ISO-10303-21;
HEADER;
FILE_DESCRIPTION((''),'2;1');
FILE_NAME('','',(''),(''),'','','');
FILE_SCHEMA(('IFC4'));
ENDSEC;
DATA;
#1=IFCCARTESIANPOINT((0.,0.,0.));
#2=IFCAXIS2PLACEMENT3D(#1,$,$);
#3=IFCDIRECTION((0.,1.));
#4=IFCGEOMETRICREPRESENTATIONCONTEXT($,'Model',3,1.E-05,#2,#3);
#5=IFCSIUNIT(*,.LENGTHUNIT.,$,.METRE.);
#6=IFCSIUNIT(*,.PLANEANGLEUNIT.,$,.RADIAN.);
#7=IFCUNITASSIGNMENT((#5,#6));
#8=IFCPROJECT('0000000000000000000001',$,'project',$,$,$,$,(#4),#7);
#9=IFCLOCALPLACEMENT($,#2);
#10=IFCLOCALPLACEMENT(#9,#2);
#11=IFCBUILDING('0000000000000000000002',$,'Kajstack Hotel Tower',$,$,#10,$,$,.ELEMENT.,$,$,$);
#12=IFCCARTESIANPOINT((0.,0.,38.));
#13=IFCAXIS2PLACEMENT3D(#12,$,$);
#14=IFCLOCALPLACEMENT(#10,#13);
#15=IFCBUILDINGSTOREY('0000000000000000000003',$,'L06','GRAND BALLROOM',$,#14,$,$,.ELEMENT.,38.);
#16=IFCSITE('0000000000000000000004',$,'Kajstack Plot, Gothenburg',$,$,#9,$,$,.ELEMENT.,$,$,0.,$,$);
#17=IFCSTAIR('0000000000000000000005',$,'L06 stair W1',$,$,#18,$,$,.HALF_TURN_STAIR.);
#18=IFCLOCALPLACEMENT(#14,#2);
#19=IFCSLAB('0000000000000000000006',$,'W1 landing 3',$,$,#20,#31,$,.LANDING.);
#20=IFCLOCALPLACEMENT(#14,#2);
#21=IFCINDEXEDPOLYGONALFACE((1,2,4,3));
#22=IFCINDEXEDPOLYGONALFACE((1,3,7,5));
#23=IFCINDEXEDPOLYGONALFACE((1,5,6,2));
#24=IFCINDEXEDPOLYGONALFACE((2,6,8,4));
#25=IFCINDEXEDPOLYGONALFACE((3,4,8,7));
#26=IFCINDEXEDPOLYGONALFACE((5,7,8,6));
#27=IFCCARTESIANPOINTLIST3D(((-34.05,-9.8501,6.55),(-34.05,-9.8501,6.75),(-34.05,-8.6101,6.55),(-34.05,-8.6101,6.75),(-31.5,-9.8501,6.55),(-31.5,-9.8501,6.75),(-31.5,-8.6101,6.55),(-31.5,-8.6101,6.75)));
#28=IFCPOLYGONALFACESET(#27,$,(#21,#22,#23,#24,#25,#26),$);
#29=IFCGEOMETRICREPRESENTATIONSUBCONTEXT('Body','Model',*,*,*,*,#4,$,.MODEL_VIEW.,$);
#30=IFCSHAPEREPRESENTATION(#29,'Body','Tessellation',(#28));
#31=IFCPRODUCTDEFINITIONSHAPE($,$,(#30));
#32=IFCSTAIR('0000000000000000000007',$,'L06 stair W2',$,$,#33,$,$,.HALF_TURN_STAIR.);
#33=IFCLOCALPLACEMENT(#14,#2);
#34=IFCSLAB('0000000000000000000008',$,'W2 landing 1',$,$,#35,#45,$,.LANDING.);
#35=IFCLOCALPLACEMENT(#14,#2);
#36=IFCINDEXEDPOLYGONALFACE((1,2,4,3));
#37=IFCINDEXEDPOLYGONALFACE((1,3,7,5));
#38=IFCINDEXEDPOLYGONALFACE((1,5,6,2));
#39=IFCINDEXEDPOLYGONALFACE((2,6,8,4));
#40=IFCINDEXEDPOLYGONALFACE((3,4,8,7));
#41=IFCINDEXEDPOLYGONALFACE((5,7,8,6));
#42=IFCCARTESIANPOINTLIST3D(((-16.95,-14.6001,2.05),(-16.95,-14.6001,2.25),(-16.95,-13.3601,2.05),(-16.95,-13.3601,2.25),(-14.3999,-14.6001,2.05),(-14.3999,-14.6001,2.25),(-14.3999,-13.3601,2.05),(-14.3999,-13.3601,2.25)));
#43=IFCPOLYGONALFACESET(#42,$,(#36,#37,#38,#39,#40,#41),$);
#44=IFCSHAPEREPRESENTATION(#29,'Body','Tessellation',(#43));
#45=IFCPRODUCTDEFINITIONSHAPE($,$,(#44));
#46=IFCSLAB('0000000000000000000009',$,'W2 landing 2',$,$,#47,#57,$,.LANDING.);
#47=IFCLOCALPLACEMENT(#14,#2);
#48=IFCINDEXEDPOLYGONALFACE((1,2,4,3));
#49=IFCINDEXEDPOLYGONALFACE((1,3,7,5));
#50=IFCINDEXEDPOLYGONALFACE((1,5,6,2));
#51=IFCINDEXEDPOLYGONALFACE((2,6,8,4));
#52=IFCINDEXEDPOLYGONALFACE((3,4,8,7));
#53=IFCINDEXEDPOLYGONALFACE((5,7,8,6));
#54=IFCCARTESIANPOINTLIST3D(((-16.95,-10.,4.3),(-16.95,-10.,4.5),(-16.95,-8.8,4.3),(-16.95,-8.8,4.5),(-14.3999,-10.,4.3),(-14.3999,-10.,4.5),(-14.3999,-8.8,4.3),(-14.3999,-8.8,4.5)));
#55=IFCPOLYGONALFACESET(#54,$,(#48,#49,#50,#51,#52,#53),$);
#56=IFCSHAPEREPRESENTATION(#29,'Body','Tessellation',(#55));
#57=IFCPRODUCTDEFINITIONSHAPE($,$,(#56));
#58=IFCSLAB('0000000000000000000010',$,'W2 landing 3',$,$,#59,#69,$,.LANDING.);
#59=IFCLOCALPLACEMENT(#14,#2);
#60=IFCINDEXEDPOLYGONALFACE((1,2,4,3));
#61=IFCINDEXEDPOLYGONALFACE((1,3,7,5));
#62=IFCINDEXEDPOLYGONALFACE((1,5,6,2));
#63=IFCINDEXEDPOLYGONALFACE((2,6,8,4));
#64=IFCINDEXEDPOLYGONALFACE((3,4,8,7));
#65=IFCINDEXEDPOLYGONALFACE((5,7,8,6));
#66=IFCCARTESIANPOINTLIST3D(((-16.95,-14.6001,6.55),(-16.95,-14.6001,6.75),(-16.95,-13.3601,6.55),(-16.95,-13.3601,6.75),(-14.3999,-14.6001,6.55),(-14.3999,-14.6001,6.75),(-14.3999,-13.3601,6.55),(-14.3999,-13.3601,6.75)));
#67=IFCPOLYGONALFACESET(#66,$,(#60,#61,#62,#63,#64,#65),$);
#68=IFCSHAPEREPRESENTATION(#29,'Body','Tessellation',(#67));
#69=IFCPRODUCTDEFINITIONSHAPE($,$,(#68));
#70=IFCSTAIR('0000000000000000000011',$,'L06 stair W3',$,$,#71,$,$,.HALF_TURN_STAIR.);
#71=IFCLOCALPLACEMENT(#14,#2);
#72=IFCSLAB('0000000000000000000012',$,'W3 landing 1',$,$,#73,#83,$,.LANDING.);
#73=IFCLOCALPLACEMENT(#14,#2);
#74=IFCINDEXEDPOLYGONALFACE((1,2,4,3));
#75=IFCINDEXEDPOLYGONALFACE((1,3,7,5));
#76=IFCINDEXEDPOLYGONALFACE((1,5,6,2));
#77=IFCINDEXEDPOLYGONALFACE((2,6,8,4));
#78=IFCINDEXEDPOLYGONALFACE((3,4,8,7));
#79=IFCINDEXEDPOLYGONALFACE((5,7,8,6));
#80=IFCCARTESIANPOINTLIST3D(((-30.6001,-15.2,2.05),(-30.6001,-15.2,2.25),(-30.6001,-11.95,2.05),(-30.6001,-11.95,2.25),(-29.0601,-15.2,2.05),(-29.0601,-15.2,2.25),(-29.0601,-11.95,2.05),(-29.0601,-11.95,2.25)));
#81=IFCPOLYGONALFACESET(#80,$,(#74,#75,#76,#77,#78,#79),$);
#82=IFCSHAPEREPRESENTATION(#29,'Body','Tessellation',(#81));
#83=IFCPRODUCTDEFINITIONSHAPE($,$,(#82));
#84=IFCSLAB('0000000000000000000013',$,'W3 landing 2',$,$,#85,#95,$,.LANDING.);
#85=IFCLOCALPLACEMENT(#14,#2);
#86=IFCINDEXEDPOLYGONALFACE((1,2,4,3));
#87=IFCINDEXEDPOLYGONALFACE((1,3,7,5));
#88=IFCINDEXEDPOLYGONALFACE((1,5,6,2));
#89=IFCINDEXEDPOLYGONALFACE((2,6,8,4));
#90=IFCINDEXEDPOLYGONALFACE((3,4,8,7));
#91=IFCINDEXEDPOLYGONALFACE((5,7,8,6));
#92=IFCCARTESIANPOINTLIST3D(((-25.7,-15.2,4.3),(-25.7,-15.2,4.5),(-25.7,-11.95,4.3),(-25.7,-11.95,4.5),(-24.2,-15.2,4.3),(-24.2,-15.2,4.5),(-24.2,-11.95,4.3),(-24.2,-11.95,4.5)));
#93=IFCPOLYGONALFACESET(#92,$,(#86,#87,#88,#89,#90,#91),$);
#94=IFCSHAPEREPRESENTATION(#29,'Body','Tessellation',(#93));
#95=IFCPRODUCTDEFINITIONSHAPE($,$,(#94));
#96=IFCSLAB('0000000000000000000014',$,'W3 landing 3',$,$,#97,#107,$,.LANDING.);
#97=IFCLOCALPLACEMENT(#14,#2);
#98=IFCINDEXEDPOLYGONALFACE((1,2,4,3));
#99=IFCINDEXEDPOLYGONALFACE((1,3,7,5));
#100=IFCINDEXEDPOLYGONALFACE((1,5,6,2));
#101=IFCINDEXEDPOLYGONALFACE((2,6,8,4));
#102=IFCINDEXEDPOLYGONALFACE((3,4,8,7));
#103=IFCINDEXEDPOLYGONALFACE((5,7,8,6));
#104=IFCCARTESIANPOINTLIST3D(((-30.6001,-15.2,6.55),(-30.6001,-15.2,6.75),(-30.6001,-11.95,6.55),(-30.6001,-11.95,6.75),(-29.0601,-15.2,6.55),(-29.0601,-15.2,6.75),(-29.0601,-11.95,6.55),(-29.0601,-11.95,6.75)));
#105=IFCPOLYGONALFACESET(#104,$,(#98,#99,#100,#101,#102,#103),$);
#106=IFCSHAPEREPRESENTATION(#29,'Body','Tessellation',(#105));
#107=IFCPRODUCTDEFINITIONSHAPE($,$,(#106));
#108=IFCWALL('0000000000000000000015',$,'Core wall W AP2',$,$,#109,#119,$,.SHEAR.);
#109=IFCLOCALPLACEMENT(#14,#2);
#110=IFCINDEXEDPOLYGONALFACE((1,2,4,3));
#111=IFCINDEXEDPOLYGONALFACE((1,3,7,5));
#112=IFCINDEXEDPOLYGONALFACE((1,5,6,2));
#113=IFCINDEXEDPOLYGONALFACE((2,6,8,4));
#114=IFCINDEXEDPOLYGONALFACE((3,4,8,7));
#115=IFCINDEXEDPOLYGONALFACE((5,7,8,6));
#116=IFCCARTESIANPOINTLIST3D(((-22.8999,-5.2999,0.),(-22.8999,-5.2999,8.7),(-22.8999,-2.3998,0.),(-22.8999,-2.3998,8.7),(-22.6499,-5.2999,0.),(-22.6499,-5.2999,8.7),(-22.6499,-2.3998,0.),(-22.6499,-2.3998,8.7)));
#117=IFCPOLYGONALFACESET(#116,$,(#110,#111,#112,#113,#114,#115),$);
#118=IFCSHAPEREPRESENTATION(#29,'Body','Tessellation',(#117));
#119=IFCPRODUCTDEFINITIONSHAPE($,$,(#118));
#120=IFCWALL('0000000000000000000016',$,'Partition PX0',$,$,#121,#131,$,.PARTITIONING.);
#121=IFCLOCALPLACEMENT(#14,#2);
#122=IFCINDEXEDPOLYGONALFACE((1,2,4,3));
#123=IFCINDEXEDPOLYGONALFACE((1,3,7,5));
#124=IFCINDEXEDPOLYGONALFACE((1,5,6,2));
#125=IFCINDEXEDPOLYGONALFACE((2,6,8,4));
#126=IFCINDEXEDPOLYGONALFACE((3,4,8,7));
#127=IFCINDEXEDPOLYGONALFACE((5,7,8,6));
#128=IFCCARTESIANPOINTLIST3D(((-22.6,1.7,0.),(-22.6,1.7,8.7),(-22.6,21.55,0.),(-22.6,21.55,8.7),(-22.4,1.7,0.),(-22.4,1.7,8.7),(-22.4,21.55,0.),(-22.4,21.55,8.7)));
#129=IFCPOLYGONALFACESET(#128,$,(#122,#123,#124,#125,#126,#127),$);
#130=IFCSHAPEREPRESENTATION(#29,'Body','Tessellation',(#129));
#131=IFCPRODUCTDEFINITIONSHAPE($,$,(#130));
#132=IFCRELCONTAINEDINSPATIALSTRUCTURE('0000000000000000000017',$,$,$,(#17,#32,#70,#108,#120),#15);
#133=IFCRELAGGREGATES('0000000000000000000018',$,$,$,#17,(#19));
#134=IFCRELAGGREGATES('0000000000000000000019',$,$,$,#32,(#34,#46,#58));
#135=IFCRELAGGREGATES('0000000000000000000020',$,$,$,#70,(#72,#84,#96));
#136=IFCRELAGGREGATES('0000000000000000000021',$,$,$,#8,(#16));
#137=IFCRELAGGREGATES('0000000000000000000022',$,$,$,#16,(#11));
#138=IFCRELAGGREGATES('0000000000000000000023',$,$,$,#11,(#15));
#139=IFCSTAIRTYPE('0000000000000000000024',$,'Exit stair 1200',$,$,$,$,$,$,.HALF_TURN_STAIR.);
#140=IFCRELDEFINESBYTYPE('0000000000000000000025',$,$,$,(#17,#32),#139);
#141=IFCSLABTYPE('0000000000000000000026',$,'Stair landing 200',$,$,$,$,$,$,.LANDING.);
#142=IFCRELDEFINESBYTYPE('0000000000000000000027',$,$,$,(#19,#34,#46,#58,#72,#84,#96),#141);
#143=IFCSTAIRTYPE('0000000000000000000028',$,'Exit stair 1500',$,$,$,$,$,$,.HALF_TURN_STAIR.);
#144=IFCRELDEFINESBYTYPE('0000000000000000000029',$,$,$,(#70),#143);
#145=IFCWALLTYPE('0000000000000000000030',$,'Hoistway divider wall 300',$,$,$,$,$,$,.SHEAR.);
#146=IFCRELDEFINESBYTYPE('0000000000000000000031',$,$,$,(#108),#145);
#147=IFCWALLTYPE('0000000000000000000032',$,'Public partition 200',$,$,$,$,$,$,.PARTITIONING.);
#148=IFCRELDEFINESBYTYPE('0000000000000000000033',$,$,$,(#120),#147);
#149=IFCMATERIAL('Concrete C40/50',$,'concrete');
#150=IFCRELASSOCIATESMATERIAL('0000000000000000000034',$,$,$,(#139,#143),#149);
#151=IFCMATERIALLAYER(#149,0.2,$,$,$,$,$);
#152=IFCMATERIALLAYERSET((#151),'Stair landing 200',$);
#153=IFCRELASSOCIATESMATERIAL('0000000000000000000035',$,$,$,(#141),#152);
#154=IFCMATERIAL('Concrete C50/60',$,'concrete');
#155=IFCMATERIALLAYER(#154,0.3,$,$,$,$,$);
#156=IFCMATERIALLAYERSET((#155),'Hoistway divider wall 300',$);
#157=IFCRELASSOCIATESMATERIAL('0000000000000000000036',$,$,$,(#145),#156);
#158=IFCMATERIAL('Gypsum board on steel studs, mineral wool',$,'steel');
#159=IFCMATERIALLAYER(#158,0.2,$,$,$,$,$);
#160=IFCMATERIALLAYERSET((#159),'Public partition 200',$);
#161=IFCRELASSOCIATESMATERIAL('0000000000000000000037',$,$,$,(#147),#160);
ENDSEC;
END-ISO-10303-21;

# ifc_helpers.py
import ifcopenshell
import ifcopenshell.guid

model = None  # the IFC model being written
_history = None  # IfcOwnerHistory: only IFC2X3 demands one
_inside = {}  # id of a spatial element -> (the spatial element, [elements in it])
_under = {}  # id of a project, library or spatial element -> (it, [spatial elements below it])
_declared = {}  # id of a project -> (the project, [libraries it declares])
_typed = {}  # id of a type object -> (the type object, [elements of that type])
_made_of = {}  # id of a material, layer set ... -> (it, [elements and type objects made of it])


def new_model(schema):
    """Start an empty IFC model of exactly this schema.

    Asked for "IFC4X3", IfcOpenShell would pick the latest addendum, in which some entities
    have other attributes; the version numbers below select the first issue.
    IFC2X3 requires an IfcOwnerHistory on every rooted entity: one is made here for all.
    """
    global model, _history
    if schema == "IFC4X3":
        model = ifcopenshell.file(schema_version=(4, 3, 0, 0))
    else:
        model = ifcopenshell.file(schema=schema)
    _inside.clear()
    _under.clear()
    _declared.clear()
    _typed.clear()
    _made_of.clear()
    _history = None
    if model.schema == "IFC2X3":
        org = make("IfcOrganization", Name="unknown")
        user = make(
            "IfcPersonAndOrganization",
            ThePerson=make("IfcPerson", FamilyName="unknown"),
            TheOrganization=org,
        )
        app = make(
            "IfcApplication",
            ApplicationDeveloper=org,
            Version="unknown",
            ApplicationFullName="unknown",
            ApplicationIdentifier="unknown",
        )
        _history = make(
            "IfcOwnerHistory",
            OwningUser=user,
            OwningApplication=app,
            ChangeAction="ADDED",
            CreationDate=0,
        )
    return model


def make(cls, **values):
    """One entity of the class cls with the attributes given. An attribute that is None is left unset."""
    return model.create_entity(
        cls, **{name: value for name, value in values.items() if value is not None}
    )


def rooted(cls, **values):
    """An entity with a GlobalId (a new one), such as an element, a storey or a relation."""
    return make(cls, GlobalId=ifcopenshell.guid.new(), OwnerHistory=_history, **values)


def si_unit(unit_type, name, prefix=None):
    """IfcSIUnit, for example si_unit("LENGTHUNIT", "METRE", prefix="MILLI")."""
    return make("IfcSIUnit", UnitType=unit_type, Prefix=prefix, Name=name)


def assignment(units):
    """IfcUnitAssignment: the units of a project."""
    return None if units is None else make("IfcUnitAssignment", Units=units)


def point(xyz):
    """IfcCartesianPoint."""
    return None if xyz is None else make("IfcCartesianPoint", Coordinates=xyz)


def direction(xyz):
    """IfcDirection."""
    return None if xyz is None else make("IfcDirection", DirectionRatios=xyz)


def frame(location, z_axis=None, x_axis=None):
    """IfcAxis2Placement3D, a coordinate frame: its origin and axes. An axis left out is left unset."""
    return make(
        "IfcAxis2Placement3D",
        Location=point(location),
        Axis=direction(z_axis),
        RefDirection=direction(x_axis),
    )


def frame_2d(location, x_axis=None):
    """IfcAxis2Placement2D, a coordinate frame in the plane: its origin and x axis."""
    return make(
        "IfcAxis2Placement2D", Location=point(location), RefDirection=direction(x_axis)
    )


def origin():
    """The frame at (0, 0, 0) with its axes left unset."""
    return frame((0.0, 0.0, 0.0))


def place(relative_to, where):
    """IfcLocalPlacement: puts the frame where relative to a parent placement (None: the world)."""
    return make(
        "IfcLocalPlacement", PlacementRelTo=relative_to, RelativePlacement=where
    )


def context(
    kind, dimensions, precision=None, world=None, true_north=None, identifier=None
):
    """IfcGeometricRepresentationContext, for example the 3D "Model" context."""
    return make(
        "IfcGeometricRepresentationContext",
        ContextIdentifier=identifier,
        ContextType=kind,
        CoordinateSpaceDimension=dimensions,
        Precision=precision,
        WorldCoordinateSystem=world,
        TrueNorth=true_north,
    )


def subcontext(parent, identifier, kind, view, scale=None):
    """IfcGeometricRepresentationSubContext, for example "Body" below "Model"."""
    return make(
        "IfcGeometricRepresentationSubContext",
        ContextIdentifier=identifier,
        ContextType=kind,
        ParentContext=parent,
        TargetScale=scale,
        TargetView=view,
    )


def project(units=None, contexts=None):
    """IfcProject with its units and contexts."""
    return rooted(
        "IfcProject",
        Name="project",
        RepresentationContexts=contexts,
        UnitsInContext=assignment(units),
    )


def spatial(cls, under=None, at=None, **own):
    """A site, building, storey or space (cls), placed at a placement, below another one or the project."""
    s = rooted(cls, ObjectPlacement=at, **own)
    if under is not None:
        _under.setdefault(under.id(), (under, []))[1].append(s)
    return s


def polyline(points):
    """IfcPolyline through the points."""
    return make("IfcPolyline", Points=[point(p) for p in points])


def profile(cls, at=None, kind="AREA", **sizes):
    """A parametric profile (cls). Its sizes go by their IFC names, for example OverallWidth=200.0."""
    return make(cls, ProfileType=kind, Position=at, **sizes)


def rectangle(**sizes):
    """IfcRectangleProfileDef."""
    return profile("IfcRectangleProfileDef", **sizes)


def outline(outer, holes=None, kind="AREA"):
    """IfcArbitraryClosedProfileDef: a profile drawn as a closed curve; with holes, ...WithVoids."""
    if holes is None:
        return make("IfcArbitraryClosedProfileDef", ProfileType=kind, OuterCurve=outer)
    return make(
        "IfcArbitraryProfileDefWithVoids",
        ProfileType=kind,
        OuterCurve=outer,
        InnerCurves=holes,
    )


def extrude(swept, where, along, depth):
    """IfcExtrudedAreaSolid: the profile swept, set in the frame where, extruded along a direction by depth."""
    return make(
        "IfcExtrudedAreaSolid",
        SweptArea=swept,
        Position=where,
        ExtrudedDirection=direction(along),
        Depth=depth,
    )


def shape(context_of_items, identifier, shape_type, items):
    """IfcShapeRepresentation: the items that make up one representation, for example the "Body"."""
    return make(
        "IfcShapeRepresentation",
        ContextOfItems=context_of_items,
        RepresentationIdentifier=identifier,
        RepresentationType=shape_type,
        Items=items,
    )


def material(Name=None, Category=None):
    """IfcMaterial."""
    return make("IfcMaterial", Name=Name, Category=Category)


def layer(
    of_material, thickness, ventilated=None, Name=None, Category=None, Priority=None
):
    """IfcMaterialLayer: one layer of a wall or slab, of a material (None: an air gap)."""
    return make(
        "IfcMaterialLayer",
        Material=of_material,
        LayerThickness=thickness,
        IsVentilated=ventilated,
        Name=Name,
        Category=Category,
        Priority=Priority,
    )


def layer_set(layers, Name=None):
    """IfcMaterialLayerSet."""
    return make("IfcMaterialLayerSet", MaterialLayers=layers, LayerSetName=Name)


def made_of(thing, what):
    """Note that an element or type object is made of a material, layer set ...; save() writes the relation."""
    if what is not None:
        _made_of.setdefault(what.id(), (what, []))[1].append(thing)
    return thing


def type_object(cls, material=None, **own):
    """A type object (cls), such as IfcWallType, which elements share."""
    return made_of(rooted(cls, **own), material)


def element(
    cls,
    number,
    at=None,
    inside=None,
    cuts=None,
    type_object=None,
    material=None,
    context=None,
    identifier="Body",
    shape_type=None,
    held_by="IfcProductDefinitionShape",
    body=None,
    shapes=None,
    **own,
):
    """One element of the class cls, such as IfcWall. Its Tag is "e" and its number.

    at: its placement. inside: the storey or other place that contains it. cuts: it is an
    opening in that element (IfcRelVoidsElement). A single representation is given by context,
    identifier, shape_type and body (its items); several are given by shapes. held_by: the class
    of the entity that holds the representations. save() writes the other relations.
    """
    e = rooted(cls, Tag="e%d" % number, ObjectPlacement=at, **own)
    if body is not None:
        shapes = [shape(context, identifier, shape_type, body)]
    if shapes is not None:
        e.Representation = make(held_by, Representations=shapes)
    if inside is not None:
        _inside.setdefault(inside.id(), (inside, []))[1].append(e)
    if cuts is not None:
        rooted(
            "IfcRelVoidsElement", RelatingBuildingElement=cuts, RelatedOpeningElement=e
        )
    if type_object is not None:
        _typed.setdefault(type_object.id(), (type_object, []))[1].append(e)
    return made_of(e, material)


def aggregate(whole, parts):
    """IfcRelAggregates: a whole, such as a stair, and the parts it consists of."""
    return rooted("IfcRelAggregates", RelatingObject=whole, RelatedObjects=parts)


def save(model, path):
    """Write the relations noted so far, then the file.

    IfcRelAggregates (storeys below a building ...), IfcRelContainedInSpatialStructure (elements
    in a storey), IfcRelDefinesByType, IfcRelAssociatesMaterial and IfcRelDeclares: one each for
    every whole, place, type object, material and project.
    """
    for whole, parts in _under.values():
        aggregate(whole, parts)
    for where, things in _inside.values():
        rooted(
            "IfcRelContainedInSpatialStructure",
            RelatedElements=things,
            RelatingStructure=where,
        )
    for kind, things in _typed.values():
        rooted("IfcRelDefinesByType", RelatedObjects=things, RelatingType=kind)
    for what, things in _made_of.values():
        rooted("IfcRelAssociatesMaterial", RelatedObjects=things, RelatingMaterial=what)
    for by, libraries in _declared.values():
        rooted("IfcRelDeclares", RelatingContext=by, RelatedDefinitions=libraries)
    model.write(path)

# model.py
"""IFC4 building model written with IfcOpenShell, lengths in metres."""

from ifc_helpers import new_model, si_unit, direction, frame, frame_2d, origin, place, context, subcontext, project, spatial, polyline, rectangle, outline, extrude, material, layer, layer_set, type_object, element, aggregate, save


model = new_model("IFC4")

# Units and contexts
model_context = context("Model", 3, precision=1e-05, world=origin(), true_north=direction((0.0, 1.0)))
body_context = subcontext(model_context, "Body", "Model", "MODEL_VIEW")
ifc_project = project(units=[si_unit("LENGTHUNIT", "METRE"), si_unit("PLANEANGLEUNIT", "RADIAN")], contexts=[model_context])

# Site, building, storey
site_placement = place(None, origin())
site = spatial("IfcSite", under=ifc_project, at=site_placement, Name="Kajstack Plot, Gothenburg", CompositionType="ELEMENT", RefElevation=0.0)
building_placement = place(site_placement, origin())
building = spatial("IfcBuilding", under=site, at=building_placement, Name="Kajstack Hotel Tower", CompositionType="ELEMENT")
storey_placement = place(building_placement, frame((0.0, 0.0, 38.0)))
storey = spatial("IfcBuildingStorey", under=building, at=storey_placement, Name="L06", Description="GRAND BALLROOM", CompositionType="ELEMENT", Elevation=38.0)

# Stairs, slabs
ifc_material_1 = material(Name="Concrete C40/50", Category="concrete")
stair_type_1 = type_object("IfcStairType", Name="Exit stair 1200", PredefinedType="HALF_TURN_STAIR", material=ifc_material_1)
stair_1_placement = place(storey_placement, origin())
stair_1 = element("IfcStair", 1, at=stair_1_placement, inside=storey, type_object=stair_type_1, Name="L06 stair W1", PredefinedType="HALF_TURN_STAIR")
ifc_layer_1 = layer(ifc_material_1, 0.2)
ifc_layer_set_1 = layer_set([ifc_layer_1], Name="Stair landing 200")
slab_type_1 = type_object("IfcSlabType", Name="Stair landing 200", PredefinedType="LANDING", material=ifc_layer_set_1)
slab_1_placement = place(storey_placement, frame((0.0, 0.0, 6.55)))
slab_1 = element("IfcSlab", 2, at=slab_1_placement, type_object=slab_type_1, Name="W1 landing 3", PredefinedType="LANDING", context=body_context, shape_type="SweptSolid", body=[
    extrude(outline(polyline([(-34.05, -8.6101), (-34.05, -9.8501), (-31.5, -9.8501), (-31.5, -8.6101), (-34.05, -8.6101)])), origin(), (0.0, 0.0, 1.0), 0.2),
])
aggregate(stair_1, [slab_1])
stair_2_placement = place(storey_placement, origin())
stair_2 = element("IfcStair", 3, at=stair_2_placement, inside=storey, type_object=stair_type_1, Name="L06 stair W2", PredefinedType="HALF_TURN_STAIR")
slab_2_placement = place(storey_placement, frame((0.0, 0.0, 2.05)))
slab_2 = element("IfcSlab", 4, at=slab_2_placement, type_object=slab_type_1, Name="W2 landing 1", PredefinedType="LANDING", context=body_context, shape_type="SweptSolid", body=[
    extrude(outline(polyline([(-16.95, -13.3601), (-16.95, -14.6001), (-14.3999, -14.6001), (-14.3999, -13.3601), (-16.95, -13.3601)])), origin(), (0.0, 0.0, 1.0), 0.2),
])
slab_3_placement = place(storey_placement, frame((0.0, 0.0, 4.3)))
slab_3 = element("IfcSlab", 5, at=slab_3_placement, type_object=slab_type_1, Name="W2 landing 2", PredefinedType="LANDING", context=body_context, shape_type="SweptSolid", body=[
    extrude(outline(polyline([(-16.95, -8.8), (-16.95, -10.0), (-14.3999, -10.0), (-14.3999, -8.8), (-16.95, -8.8)])), origin(), (0.0, 0.0, 1.0), 0.2),
])
slab_4_placement = place(storey_placement, frame((0.0, 0.0, 6.55)))
slab_4 = element("IfcSlab", 6, at=slab_4_placement, type_object=slab_type_1, Name="W2 landing 3", PredefinedType="LANDING", context=body_context, shape_type="SweptSolid", body=[
    extrude(outline(polyline([(-16.95, -13.3601), (-16.95, -14.6001), (-14.3999, -14.6001), (-14.3999, -13.3601), (-16.95, -13.3601)])), origin(), (0.0, 0.0, 1.0), 0.2),
])
aggregate(stair_2, [slab_2, slab_3, slab_4])
stair_type_2 = type_object("IfcStairType", Name="Exit stair 1500", PredefinedType="HALF_TURN_STAIR", material=ifc_material_1)
stair_3_placement = place(storey_placement, origin())
stair_3 = element("IfcStair", 7, at=stair_3_placement, inside=storey, type_object=stair_type_2, Name="L06 stair W3", PredefinedType="HALF_TURN_STAIR")
slab_5_placement = place(storey_placement, frame((0.0, 0.0, 2.05)))
slab_5 = element("IfcSlab", 8, at=slab_5_placement, type_object=slab_type_1, Name="W3 landing 1", PredefinedType="LANDING", context=body_context, shape_type="SweptSolid", body=[
    extrude(outline(polyline([(-29.0601, -11.95), (-30.6001, -11.95), (-30.6001, -15.2), (-29.0601, -15.2), (-29.0601, -11.95)])), origin(), (0.0, 0.0, 1.0), 0.2),
])
slab_6_placement = place(storey_placement, frame((0.0, 0.0, 4.3)))
slab_6 = element("IfcSlab", 9, at=slab_6_placement, type_object=slab_type_1, Name="W3 landing 2", PredefinedType="LANDING", context=body_context, shape_type="SweptSolid", body=[
    extrude(outline(polyline([(-24.2, -11.95), (-25.7, -11.95), (-25.7, -15.2), (-24.2, -15.2), (-24.2, -11.95)])), origin(), (0.0, 0.0, 1.0), 0.2),
])
slab_7_placement = place(storey_placement, frame((0.0, 0.0, 6.55)))
slab_7 = element("IfcSlab", 10, at=slab_7_placement, type_object=slab_type_1, Name="W3 landing 3", PredefinedType="LANDING", context=body_context, shape_type="SweptSolid", body=[
    extrude(outline(polyline([(-29.0601, -11.95), (-30.6001, -11.95), (-30.6001, -15.2), (-29.0601, -15.2), (-29.0601, -11.95)])), origin(), (0.0, 0.0, 1.0), 0.2),
])
aggregate(stair_3, [slab_5, slab_6, slab_7])

# Walls
ifc_material_2 = material(Name="Concrete C50/60", Category="concrete")
ifc_layer_2 = layer(ifc_material_2, 0.3)
ifc_layer_set_2 = layer_set([ifc_layer_2], Name="Hoistway divider wall 300")
wall_type_1 = type_object("IfcWallType", Name="Hoistway divider wall 300", PredefinedType="SHEAR", material=ifc_layer_set_2)
wall_1_placement = place(storey_placement, frame((-22.7749, -5.3, 0.0), z_axis=(0.0, 0.0, 1.0), x_axis=(0.0, 1.0, 0.0)))
element("IfcWall", 11, at=wall_1_placement, inside=storey, type_object=wall_type_1, Name="Core wall W AP2", PredefinedType="SHEAR", context=body_context, shape_type="SweptSolid", body=[
    extrude(rectangle(XDim=2.9001, YDim=0.25, at=frame_2d((1.4502, 0.0))), origin(), (0.0, 0.0, 1.0), 8.7),
])
ifc_material_3 = material(Name="Gypsum board on steel studs, mineral wool", Category="steel")
ifc_layer_3 = layer(ifc_material_3, 0.2)
ifc_layer_set_3 = layer_set([ifc_layer_3], Name="Public partition 200")
wall_type_2 = type_object("IfcWallType", Name="Public partition 200", PredefinedType="PARTITIONING", material=ifc_layer_set_3)
wall_2_placement = place(storey_placement, frame((-22.5, 1.7, 0.0), z_axis=(0.0, 0.0, 1.0), x_axis=(0.0, 1.0, 0.0)))
element("IfcWall", 12, at=wall_2_placement, inside=storey, type_object=wall_type_2, Name="Partition PX0", PredefinedType="PARTITIONING", context=body_context, shape_type="SweptSolid", body=[
    extrude(rectangle(XDim=19.8501, YDim=0.2, at=frame_2d((9.925, 0.0))), origin(), (0.0, 0.0, 1.0), 8.7),
])

save(model, "model.ifc")
